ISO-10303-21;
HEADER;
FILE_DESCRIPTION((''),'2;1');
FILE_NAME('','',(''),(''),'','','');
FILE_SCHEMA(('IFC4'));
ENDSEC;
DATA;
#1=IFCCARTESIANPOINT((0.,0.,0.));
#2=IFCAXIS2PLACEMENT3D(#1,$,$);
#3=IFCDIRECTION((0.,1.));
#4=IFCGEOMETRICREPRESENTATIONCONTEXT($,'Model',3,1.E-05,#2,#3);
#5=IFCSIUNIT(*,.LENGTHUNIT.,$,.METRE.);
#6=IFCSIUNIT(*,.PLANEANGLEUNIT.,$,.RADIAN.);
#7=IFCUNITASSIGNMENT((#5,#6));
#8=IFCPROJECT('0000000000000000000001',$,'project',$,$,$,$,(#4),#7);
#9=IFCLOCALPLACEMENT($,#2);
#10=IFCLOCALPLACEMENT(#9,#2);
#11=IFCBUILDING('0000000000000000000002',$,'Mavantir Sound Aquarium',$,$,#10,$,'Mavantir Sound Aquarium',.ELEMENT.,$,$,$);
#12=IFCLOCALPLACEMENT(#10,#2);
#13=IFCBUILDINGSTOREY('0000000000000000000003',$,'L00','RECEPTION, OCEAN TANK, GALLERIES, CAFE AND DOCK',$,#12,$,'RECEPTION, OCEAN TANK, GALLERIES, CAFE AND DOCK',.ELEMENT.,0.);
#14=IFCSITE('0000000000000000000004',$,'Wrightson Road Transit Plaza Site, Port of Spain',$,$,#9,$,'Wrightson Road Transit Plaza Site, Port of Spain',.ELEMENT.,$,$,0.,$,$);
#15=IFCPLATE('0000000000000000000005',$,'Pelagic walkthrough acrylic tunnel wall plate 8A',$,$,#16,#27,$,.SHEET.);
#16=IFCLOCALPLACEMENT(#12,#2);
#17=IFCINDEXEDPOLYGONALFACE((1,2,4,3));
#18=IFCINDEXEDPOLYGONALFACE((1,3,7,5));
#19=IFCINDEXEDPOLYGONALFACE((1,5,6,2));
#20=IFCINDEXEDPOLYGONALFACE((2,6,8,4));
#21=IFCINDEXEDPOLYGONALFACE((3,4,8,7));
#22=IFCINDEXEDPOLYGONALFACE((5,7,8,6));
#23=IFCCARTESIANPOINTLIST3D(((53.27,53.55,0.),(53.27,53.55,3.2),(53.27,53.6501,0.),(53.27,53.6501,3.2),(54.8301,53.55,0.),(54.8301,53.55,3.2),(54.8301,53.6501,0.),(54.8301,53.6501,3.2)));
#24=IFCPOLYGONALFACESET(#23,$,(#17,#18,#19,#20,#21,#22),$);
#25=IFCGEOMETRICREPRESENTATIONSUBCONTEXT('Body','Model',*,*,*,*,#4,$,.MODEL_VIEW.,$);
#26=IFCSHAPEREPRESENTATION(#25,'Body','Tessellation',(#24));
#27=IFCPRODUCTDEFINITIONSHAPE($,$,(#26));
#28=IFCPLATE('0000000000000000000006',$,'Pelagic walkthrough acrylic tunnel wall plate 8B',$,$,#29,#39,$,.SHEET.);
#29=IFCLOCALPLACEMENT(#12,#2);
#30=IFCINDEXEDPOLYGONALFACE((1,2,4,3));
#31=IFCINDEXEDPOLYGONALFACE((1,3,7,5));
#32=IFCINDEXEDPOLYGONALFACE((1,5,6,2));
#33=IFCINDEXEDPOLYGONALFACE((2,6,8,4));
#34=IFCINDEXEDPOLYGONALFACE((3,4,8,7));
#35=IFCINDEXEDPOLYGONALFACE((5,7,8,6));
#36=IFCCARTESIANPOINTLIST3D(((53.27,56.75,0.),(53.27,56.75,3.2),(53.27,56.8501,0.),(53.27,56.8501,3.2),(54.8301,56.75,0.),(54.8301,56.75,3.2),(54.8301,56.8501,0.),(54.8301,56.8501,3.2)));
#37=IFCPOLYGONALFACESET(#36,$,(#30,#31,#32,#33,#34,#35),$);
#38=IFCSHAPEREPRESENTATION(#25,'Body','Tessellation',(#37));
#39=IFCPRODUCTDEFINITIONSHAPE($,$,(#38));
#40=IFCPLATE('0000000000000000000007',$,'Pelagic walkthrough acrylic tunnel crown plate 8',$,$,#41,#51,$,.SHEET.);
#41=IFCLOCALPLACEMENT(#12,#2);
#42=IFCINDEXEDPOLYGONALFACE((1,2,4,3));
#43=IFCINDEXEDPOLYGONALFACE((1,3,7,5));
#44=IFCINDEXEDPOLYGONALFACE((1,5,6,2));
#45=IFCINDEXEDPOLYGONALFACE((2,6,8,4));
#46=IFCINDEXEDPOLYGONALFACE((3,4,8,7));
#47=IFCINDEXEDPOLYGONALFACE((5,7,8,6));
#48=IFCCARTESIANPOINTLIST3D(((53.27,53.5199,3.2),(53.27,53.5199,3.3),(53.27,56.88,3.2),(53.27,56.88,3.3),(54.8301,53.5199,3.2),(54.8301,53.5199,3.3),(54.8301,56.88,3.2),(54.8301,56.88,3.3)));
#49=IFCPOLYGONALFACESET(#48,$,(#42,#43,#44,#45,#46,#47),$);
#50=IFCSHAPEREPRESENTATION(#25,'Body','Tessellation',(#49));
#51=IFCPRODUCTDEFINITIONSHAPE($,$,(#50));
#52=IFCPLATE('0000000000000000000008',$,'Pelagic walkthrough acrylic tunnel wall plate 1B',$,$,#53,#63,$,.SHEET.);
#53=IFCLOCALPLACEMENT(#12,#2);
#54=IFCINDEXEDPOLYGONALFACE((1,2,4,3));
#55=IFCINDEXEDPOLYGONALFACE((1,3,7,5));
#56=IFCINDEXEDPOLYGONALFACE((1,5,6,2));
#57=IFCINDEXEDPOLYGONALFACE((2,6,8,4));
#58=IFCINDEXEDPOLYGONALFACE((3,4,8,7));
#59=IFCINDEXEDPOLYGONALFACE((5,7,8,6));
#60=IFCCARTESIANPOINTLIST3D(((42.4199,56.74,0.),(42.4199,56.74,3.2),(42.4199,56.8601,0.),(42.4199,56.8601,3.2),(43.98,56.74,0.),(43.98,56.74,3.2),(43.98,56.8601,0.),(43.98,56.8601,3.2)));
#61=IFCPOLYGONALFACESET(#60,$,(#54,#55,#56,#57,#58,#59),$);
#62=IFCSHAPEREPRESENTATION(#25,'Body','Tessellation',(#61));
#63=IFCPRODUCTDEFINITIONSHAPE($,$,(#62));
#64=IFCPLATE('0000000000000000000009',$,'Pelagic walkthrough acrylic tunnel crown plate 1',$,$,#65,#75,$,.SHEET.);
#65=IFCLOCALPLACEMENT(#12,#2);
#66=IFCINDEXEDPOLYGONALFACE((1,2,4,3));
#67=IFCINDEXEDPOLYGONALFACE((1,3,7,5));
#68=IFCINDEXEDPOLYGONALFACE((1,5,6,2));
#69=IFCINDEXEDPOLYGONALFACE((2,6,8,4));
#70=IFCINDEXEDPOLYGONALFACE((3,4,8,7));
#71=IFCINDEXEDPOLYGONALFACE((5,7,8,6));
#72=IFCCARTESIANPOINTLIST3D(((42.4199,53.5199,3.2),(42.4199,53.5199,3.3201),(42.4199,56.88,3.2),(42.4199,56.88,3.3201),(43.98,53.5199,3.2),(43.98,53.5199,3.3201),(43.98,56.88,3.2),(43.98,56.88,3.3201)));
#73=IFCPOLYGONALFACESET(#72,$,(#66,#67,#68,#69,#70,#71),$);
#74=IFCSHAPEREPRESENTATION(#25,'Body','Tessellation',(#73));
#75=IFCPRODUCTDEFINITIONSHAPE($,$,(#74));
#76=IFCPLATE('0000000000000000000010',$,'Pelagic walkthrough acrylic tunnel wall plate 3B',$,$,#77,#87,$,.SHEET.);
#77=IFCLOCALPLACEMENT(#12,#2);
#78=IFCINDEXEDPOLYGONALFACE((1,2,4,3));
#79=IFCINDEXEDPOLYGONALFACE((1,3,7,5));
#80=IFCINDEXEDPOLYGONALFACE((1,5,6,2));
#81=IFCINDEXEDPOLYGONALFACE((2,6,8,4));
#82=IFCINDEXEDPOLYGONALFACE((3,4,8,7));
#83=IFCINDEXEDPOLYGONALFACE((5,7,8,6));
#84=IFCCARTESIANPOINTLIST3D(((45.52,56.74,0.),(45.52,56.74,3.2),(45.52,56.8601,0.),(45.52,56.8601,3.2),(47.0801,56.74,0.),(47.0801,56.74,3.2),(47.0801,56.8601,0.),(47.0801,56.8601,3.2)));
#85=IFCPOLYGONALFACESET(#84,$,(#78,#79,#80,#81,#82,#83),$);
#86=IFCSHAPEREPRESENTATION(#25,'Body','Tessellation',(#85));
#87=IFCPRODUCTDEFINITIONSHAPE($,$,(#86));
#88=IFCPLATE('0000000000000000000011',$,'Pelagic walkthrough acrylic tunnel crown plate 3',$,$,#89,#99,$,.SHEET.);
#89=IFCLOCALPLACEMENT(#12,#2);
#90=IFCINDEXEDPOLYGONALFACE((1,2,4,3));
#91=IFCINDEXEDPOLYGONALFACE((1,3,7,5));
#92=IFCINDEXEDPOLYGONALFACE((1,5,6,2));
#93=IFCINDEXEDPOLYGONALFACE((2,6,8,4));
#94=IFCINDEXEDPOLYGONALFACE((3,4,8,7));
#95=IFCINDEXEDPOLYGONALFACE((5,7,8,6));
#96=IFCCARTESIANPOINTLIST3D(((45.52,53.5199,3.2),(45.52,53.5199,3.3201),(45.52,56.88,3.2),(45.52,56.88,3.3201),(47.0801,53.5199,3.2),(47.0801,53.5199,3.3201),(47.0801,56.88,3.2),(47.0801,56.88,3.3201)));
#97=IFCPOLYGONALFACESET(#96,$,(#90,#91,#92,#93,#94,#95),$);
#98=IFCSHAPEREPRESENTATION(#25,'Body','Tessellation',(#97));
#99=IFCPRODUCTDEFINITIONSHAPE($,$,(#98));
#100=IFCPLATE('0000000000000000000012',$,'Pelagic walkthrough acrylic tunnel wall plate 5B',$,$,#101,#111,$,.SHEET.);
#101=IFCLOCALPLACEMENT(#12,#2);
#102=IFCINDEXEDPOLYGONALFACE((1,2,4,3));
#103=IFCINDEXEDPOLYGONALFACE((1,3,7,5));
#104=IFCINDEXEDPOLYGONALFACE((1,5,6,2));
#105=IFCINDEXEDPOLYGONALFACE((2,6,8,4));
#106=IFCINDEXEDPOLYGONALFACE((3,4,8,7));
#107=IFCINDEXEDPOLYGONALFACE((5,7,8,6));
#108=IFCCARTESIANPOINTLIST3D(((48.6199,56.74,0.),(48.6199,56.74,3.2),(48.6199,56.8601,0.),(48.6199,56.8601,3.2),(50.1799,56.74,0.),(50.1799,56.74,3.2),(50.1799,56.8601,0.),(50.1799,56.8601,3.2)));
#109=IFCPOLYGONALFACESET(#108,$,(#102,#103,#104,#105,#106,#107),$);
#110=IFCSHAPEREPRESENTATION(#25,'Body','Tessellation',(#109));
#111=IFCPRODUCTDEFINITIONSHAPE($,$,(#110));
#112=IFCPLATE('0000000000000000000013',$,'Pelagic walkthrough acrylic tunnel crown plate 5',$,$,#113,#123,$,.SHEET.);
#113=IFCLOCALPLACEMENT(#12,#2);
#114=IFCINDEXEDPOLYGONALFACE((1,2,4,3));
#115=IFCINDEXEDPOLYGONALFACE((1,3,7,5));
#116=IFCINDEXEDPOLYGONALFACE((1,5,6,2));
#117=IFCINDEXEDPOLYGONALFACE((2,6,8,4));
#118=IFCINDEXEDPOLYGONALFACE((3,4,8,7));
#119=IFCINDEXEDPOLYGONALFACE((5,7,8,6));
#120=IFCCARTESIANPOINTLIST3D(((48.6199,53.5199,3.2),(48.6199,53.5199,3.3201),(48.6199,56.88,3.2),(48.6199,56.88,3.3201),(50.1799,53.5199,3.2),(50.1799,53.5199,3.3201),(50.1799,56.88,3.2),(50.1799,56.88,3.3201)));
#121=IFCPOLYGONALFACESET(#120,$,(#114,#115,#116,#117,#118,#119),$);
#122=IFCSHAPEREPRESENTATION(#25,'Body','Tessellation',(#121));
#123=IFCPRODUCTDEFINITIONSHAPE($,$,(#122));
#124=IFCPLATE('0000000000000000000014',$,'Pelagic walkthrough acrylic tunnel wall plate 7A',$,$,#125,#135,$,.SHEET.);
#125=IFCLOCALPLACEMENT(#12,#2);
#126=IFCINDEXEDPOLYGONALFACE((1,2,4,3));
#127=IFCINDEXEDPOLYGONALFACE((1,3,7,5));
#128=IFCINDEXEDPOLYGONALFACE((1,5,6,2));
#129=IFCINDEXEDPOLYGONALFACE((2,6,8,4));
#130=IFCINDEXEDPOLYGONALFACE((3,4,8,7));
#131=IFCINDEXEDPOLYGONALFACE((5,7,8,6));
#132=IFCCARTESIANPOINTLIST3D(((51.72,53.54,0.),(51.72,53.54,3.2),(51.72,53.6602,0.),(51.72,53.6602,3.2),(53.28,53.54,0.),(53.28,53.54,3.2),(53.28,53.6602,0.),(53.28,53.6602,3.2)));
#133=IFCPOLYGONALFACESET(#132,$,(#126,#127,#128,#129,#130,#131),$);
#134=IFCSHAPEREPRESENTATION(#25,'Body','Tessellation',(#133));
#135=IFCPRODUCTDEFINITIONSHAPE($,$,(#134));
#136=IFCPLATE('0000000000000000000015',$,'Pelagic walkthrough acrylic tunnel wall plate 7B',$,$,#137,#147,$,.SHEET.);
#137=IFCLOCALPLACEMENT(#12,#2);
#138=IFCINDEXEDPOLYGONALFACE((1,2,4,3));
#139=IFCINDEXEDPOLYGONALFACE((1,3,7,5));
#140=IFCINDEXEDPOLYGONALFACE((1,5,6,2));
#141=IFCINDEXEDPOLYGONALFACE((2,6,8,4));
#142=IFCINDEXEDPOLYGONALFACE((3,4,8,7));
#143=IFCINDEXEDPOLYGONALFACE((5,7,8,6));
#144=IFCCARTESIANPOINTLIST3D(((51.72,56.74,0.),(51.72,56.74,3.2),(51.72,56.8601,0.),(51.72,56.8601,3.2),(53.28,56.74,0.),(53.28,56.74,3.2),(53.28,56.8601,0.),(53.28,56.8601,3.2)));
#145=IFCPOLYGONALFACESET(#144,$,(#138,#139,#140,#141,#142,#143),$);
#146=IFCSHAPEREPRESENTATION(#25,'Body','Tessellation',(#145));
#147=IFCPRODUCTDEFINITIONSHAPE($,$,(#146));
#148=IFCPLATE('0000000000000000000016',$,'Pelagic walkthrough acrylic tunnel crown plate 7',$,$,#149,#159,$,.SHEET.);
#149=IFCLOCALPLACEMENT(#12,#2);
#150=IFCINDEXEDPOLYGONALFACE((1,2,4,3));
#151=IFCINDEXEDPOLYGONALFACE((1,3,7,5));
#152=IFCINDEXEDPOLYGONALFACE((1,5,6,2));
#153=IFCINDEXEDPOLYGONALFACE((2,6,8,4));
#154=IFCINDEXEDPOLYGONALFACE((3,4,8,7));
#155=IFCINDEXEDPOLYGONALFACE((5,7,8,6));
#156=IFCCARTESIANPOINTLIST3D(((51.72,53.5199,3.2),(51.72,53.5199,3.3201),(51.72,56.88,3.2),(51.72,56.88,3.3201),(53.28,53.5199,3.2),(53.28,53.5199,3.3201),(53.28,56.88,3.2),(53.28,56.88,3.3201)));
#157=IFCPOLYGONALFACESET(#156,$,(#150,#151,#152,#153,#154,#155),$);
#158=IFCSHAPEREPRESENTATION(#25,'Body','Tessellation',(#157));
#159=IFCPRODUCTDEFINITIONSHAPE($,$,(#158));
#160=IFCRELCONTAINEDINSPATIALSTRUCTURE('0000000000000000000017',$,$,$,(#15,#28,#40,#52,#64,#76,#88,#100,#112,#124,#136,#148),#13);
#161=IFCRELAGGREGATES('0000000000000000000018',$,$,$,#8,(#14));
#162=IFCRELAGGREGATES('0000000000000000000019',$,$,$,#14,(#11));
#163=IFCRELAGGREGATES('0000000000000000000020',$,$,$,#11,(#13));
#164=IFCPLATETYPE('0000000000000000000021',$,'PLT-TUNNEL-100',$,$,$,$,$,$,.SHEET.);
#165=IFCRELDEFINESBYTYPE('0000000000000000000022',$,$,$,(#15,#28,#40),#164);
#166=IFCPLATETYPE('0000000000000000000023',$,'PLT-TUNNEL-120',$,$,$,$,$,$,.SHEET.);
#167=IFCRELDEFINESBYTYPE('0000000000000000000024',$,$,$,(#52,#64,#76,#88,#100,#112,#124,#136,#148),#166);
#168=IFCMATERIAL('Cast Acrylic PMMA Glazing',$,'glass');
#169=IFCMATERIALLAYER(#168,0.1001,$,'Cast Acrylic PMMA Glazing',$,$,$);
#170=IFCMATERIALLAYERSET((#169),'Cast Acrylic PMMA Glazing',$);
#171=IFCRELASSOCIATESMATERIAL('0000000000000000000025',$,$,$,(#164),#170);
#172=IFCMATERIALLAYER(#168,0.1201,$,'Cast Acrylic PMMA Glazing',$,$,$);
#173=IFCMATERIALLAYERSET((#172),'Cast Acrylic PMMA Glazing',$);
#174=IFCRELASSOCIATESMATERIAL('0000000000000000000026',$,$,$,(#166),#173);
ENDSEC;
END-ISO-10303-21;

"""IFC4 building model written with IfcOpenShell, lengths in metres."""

from ifc_helpers import new_model, si_unit, direction, frame, origin, origin_2d, place, context, subcontext, project, spatial, rectangle, extrude, material, layer, layer_set, type_object, element, save


model = new_model("IFC4")

# Units and contexts
model_context = context("Model", 3, precision=1e-05, world=origin(), true_north=direction((0.0, 1.0)))
body_context = subcontext(model_context, "Body", "Model", "MODEL_VIEW")
ifc_project = project(units=[si_unit("LENGTHUNIT", "METRE"), si_unit("PLANEANGLEUNIT", "RADIAN")], contexts=[model_context])

# Site, building, storey
site_placement = place(None, origin())
site = spatial("IfcSite", under=ifc_project, at=site_placement, Name="Wrightson Road Transit Plaza Site, Port of Spain", LongName="Wrightson Road Transit Plaza Site, Port of Spain", CompositionType="ELEMENT", RefElevation=0.0)
building_placement = place(site_placement, origin())
building = spatial("IfcBuilding", under=site, at=building_placement, Name="Mavantir Sound Aquarium", LongName="Mavantir Sound Aquarium", CompositionType="ELEMENT")
storey_placement = place(building_placement, origin())
storey = spatial("IfcBuildingStorey", under=building, at=storey_placement, Name="L00", Description="RECEPTION, OCEAN TANK, GALLERIES, CAFE AND DOCK", LongName="RECEPTION, OCEAN TANK, GALLERIES, CAFE AND DOCK", CompositionType="ELEMENT", Elevation=0.0)

# Plates
ifc_material_1 = material(Name="Cast Acrylic PMMA Glazing", Category="glass")
ifc_layer_1 = layer(ifc_material_1, 0.1001, Name="Cast Acrylic PMMA Glazing")
ifc_layer_set_1 = layer_set([ifc_layer_1], Name="Cast Acrylic PMMA Glazing")
plate_type_1 = type_object("IfcPlateType", Name="PLT-TUNNEL-100", PredefinedType="SHEET", material=ifc_layer_set_1)
for number, where, z_axis, x_axis, name in (
    (1, (54.05, 53.6001, 0.0), (0.0, 0.0, 1.0), (1.0, 0.0, 0.0), "Pelagic walkthrough acrylic tunnel wall plate 8A"),
    (2, (54.05, 56.8, 0.0), (0.0, 0.0, 1.0), (1.0, 0.0, 0.0), "Pelagic walkthrough acrylic tunnel wall plate 8B"),
):
    element("IfcPlate", number, at=place(storey_placement, frame(where, z_axis=z_axis, x_axis=x_axis)), inside=storey, type_object=plate_type_1, Name=name, PredefinedType="SHEET", context=body_context, shape_type="SweptSolid", body=[
        extrude(rectangle(XDim=1.5601, YDim=0.1001, at=origin_2d()), origin(), (0.0, 0.0, 1.0), 3.2),
    ])
plate_1_placement = place(storey_placement, frame((54.05, 55.2, 3.2), z_axis=(0.0, 0.0, 1.0), x_axis=(1.0, 0.0, 0.0)))
element("IfcPlate", 3, at=plate_1_placement, inside=storey, type_object=plate_type_1, Name="Pelagic walkthrough acrylic tunnel crown plate 8", PredefinedType="SHEET", context=body_context, shape_type="SweptSolid", body=[
    extrude(rectangle(XDim=1.5601, YDim=3.3601, at=origin_2d()), origin(), (0.0, 0.0, 1.0), 0.1001),
])
ifc_layer_2 = layer(ifc_material_1, 0.1201, Name="Cast Acrylic PMMA Glazing")
ifc_layer_set_2 = layer_set([ifc_layer_2], Name="Cast Acrylic PMMA Glazing")
plate_type_2 = type_object("IfcPlateType", Name="PLT-TUNNEL-120", PredefinedType="SHEET", material=ifc_layer_set_2)
plate_2_placement = place(storey_placement, frame((43.2, 56.8, 0.0), z_axis=(0.0, 0.0, 1.0), x_axis=(1.0, 0.0, 0.0)))
element("IfcPlate", 4, at=plate_2_placement, inside=storey, type_object=plate_type_2, Name="Pelagic walkthrough acrylic tunnel wall plate 1B", PredefinedType="SHEET", context=body_context, shape_type="SweptSolid", body=[
    extrude(rectangle(XDim=1.5601, YDim=0.1201, at=origin_2d()), origin(), (0.0, 0.0, 1.0), 3.2),
])
plate_3_placement = place(storey_placement, frame((43.2, 55.2, 3.2), z_axis=(0.0, 0.0, 1.0), x_axis=(1.0, 0.0, 0.0)))
element("IfcPlate", 5, at=plate_3_placement, inside=storey, type_object=plate_type_2, Name="Pelagic walkthrough acrylic tunnel crown plate 1", PredefinedType="SHEET", context=body_context, shape_type="SweptSolid", body=[
    extrude(rectangle(XDim=1.5601, YDim=3.3601, at=origin_2d()), origin(), (0.0, 0.0, 1.0), 0.1201),
])
plate_4_placement = place(storey_placement, frame((46.3, 56.8, 0.0), z_axis=(0.0, 0.0, 1.0), x_axis=(1.0, 0.0, 0.0)))
element("IfcPlate", 6, at=plate_4_placement, inside=storey, type_object=plate_type_2, Name="Pelagic walkthrough acrylic tunnel wall plate 3B", PredefinedType="SHEET", context=body_context, shape_type="SweptSolid", body=[
    extrude(rectangle(XDim=1.5601, YDim=0.1201, at=origin_2d()), origin(), (0.0, 0.0, 1.0), 3.2),
])
plate_5_placement = place(storey_placement, frame((46.3, 55.2, 3.2), z_axis=(0.0, 0.0, 1.0), x_axis=(1.0, 0.0, 0.0)))
element("IfcPlate", 7, at=plate_5_placement, inside=storey, type_object=plate_type_2, Name="Pelagic walkthrough acrylic tunnel crown plate 3", PredefinedType="SHEET", context=body_context, shape_type="SweptSolid", body=[
    extrude(rectangle(XDim=1.5601, YDim=3.3601, at=origin_2d()), origin(), (0.0, 0.0, 1.0), 0.1201),
])
plate_6_placement = place(storey_placement, frame((49.3999, 56.8, 0.0), z_axis=(0.0, 0.0, 1.0), x_axis=(1.0, 0.0, 0.0)))
element("IfcPlate", 8, at=plate_6_placement, inside=storey, type_object=plate_type_2, Name="Pelagic walkthrough acrylic tunnel wall plate 5B", PredefinedType="SHEET", context=body_context, shape_type="SweptSolid", body=[
    extrude(rectangle(XDim=1.5601, YDim=0.1201, at=origin_2d()), origin(), (0.0, 0.0, 1.0), 3.2),
])
plate_7_placement = place(storey_placement, frame((49.3999, 55.2, 3.2), z_axis=(0.0, 0.0, 1.0), x_axis=(1.0, 0.0, 0.0)))
element("IfcPlate", 9, at=plate_7_placement, inside=storey, type_object=plate_type_2, Name="Pelagic walkthrough acrylic tunnel crown plate 5", PredefinedType="SHEET", context=body_context, shape_type="SweptSolid", body=[
    extrude(rectangle(XDim=1.5601, YDim=3.3601, at=origin_2d()), origin(), (0.0, 0.0, 1.0), 0.1201),
])
for number, where, z_axis, x_axis, name in (
    (10, (52.5, 53.6001, 0.0), (0.0, 0.0, 1.0), (1.0, 0.0, 0.0), "Pelagic walkthrough acrylic tunnel wall plate 7A"),
    (11, (52.5, 56.8, 0.0), (0.0, 0.0, 1.0), (1.0, 0.0, 0.0), "Pelagic walkthrough acrylic tunnel wall plate 7B"),
):
    element("IfcPlate", number, at=place(storey_placement, frame(where, z_axis=z_axis, x_axis=x_axis)), inside=storey, type_object=plate_type_2, Name=name, PredefinedType="SHEET", context=body_context, shape_type="SweptSolid", body=[
        extrude(rectangle(XDim=1.5601, YDim=0.1201, at=origin_2d()), origin(), (0.0, 0.0, 1.0), 3.2),
    ])
plate_8_placement = place(storey_placement, frame((52.5, 55.2, 3.2), z_axis=(0.0, 0.0, 1.0), x_axis=(1.0, 0.0, 0.0)))
element("IfcPlate", 12, at=plate_8_placement, inside=storey, type_object=plate_type_2, Name="Pelagic walkthrough acrylic tunnel crown plate 7", PredefinedType="SHEET", context=body_context, shape_type="SweptSolid", body=[
    extrude(rectangle(XDim=1.5601, YDim=3.3601, at=origin_2d()), origin(), (0.0, 0.0, 1.0), 0.1201),
])

save(model, "model.ifc")
